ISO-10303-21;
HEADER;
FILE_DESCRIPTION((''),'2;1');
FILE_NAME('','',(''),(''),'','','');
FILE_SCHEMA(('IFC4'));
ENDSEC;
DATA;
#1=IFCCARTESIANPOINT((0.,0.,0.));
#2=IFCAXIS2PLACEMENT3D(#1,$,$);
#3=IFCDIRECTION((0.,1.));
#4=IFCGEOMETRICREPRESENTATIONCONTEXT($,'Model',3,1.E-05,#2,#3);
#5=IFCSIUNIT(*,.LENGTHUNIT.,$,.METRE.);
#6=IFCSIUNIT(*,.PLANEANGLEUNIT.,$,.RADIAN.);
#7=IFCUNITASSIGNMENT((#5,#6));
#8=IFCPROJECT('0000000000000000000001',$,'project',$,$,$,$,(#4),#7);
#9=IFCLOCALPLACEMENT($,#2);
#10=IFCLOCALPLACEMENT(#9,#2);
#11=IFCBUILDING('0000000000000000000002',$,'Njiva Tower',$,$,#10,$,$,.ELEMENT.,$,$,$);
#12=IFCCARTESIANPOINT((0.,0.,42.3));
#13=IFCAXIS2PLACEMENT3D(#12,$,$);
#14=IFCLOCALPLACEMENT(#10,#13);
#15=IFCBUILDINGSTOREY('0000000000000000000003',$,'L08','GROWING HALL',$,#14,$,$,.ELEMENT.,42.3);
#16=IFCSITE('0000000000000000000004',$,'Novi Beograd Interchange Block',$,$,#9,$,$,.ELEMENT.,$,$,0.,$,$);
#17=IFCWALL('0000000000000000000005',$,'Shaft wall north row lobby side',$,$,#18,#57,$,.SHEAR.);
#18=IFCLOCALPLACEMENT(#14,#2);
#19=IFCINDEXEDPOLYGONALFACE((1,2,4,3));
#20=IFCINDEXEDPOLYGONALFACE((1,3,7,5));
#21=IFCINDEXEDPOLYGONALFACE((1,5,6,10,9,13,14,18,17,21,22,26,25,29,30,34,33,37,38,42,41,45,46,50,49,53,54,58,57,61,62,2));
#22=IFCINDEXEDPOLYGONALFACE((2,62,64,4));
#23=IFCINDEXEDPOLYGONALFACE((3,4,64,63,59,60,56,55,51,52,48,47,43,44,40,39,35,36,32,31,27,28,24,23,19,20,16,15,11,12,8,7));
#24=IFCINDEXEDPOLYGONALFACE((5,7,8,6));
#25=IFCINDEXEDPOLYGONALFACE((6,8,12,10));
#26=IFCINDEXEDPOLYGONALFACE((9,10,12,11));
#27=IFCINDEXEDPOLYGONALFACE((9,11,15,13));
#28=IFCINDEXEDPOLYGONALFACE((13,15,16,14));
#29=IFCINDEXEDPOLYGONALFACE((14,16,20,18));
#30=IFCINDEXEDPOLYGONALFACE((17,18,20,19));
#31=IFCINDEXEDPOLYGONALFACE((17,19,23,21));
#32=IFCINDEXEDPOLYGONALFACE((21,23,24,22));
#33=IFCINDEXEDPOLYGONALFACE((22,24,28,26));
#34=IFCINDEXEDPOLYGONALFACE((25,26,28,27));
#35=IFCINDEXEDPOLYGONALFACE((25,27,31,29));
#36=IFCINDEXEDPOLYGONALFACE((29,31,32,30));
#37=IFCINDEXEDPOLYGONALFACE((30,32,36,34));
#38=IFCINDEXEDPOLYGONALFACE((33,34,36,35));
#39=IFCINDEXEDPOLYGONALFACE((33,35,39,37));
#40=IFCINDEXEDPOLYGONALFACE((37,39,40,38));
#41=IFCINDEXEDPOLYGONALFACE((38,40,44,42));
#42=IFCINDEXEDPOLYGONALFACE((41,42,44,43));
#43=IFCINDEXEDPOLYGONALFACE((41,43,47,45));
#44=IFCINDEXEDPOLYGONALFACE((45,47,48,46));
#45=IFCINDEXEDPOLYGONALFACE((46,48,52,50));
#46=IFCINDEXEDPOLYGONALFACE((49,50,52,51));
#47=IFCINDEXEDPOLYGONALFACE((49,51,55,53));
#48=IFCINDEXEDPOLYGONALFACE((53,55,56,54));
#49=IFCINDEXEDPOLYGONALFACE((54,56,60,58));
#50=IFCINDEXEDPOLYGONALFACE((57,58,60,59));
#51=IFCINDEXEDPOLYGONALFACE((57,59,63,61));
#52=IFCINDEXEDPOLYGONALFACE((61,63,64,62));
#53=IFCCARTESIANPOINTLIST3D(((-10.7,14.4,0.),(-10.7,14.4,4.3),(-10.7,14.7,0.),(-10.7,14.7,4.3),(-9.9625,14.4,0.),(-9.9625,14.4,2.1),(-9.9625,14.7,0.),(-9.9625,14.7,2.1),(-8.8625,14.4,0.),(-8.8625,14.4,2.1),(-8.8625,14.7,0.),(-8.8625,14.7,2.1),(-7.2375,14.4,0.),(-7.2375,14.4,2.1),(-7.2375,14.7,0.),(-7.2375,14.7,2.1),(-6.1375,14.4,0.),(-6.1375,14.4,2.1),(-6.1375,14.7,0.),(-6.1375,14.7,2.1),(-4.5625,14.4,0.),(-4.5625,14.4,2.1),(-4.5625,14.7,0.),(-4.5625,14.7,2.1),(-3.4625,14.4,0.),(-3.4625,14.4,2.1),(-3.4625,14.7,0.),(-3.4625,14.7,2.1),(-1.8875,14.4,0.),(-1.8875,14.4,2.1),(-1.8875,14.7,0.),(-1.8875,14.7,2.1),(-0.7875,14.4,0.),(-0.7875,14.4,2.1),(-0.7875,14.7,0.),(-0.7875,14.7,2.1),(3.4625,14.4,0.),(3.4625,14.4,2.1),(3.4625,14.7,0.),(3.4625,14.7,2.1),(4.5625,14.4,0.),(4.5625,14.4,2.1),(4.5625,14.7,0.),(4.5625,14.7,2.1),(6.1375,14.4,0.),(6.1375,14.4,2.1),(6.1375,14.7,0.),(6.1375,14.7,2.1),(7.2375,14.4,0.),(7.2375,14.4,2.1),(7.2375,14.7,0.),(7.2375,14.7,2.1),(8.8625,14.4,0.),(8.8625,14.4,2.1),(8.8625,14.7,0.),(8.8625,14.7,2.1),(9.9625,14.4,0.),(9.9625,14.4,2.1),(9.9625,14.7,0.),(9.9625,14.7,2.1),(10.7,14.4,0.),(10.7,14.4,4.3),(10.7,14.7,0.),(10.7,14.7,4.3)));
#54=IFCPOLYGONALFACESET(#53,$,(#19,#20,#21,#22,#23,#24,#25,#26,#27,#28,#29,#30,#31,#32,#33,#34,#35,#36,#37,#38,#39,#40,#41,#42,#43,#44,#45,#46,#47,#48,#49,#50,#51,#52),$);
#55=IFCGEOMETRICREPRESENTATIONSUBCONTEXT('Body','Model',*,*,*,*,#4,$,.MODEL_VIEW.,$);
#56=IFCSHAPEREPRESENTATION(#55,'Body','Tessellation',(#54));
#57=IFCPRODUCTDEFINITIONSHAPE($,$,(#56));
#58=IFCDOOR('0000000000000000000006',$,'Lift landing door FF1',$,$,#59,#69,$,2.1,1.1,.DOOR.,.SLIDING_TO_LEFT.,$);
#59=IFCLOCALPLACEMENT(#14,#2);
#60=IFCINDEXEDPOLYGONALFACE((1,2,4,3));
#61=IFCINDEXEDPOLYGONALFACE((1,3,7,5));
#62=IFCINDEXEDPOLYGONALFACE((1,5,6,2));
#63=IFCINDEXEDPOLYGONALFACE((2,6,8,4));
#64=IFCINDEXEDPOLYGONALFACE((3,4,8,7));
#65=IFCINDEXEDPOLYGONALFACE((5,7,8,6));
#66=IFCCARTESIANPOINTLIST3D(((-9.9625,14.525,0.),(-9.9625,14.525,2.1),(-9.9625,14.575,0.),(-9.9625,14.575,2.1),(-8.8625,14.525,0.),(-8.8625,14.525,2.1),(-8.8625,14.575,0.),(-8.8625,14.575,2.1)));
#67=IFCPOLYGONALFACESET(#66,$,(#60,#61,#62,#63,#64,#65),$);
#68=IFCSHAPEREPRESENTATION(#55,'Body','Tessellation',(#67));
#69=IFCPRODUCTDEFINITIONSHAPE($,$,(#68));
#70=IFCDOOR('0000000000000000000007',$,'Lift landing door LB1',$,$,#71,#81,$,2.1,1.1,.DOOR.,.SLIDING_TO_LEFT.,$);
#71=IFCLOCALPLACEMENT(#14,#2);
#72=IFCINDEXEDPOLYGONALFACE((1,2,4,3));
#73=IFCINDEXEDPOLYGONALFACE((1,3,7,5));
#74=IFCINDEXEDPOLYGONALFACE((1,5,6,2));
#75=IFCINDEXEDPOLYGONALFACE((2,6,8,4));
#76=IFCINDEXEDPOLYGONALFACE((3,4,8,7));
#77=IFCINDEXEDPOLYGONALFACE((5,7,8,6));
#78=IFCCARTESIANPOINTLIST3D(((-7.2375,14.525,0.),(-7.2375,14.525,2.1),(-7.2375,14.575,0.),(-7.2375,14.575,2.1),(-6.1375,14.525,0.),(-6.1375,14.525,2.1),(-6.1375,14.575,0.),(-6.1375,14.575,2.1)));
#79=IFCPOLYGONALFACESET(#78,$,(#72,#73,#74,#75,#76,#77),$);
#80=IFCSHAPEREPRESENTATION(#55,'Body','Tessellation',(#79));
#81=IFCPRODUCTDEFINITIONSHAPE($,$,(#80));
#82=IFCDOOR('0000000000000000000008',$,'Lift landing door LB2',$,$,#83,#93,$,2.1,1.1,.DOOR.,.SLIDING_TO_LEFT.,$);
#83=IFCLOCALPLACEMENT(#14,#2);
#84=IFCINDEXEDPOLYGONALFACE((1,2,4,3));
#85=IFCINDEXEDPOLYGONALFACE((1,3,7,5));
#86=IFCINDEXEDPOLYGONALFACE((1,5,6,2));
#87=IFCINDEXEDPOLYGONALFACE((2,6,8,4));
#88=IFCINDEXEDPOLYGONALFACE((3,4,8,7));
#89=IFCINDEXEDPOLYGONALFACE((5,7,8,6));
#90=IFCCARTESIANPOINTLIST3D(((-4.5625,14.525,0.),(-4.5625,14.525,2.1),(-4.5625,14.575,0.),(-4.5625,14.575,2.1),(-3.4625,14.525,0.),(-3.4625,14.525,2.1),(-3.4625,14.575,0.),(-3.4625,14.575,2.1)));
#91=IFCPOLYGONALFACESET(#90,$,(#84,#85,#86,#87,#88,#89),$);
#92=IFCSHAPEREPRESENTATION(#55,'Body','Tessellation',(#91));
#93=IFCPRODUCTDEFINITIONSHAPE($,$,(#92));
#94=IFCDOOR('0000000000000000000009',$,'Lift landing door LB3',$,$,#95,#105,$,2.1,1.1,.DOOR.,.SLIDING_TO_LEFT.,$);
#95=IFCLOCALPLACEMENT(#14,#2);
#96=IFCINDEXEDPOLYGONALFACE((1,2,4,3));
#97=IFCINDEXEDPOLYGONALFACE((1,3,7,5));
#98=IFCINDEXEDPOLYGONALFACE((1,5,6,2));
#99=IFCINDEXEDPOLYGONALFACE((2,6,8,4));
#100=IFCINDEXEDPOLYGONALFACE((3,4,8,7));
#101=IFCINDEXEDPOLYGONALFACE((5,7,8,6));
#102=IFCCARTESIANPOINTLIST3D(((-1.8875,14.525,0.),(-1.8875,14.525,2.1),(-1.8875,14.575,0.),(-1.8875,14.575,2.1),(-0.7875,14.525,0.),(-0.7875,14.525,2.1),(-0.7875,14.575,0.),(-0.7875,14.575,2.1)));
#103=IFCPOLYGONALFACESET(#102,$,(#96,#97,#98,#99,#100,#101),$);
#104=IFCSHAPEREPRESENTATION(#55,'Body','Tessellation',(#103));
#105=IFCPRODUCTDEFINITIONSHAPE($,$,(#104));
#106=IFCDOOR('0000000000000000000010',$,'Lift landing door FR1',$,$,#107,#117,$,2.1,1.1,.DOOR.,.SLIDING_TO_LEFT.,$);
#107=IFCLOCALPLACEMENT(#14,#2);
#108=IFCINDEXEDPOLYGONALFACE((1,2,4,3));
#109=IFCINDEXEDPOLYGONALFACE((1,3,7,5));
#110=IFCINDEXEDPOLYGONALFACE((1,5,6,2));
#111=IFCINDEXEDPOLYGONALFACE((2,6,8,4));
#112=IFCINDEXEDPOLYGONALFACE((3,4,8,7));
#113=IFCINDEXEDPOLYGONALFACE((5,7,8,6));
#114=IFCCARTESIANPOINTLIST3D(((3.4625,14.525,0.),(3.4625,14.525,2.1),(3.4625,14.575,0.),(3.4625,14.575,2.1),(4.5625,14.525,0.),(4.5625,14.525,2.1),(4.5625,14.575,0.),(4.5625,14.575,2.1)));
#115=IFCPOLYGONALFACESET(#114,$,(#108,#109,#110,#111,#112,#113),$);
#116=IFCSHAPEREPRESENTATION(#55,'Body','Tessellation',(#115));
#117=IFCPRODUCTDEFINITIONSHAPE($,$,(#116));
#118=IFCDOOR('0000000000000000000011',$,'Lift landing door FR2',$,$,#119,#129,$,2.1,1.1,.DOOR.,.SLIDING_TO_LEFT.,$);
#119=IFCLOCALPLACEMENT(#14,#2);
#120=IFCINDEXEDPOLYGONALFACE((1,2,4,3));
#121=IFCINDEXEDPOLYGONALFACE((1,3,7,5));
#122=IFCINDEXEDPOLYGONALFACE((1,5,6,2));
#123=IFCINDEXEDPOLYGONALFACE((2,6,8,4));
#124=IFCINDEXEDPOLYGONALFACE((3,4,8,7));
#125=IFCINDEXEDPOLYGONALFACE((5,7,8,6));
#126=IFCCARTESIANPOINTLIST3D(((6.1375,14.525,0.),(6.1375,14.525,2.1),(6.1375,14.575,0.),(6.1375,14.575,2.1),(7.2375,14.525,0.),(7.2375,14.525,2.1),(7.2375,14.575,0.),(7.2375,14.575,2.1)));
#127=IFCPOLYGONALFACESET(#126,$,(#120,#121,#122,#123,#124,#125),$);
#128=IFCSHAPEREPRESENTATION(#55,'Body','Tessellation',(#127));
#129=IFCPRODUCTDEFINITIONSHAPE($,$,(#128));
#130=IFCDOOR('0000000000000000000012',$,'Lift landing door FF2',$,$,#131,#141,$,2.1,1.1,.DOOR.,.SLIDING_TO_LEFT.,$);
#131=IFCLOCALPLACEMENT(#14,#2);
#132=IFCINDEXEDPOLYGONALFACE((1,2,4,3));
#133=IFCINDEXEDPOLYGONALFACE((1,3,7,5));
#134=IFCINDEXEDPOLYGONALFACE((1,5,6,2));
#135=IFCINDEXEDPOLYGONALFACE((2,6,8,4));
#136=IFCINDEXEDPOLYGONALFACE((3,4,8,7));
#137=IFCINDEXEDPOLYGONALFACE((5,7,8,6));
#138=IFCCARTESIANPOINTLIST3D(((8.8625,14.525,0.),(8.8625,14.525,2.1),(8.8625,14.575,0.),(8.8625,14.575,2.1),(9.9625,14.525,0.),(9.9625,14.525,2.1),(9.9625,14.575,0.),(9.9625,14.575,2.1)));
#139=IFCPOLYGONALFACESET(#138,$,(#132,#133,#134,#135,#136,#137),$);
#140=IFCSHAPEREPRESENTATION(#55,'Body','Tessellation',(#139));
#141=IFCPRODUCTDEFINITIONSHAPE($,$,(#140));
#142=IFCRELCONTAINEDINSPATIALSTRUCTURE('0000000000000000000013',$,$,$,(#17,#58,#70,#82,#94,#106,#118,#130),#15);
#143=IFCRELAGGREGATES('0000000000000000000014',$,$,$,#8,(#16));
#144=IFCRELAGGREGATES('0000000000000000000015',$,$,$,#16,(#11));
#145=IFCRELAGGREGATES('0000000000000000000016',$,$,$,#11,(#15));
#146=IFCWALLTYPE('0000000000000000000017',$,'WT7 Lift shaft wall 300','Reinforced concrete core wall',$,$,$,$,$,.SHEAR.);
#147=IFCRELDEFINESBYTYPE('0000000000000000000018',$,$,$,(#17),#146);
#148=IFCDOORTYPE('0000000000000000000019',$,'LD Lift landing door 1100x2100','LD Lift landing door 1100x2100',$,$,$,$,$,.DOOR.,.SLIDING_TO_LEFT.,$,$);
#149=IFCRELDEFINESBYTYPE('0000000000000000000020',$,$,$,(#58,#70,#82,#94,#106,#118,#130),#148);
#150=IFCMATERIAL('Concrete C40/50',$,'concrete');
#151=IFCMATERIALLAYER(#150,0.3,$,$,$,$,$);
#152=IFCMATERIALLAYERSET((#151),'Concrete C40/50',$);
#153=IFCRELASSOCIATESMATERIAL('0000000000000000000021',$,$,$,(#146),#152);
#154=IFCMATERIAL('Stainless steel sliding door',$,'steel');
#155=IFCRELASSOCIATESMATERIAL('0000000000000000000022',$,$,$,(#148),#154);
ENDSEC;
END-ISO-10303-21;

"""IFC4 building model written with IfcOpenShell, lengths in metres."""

from ifc_helpers import new_model, si_unit, direction, frame, frame_2d, origin, place, context, subcontext, project, spatial, rectangle, extrude, material, layer, layer_set, type_object, element, fill, save


model = new_model("IFC4")

# Units and contexts
model_context = context("Model", 3, precision=1e-05, world=origin(), true_north=direction((0.0, 1.0)))
body_context = subcontext(model_context, "Body", "Model", "MODEL_VIEW")
ifc_project = project(units=[si_unit("LENGTHUNIT", "METRE"), si_unit("PLANEANGLEUNIT", "RADIAN")], contexts=[model_context])

# Site, building, storey
site_placement = place(None, origin())
site = spatial("IfcSite", under=ifc_project, at=site_placement, Name="Novi Beograd Interchange Block", CompositionType="ELEMENT", RefElevation=0.0)
building_placement = place(site_placement, origin())
building = spatial("IfcBuilding", under=site, at=building_placement, Name="Njiva Tower", CompositionType="ELEMENT")
storey_placement = place(building_placement, frame((0.0, 0.0, 42.3)))
storey = spatial("IfcBuildingStorey", under=building, at=storey_placement, Name="L08", Description="GROWING HALL", CompositionType="ELEMENT", Elevation=42.3)

# Shared definitions
ifc_material_1 = material(Name="Concrete C40/50", Category="concrete")

# Wall, openings, doors
ifc_layer_1 = layer(ifc_material_1, 0.3)
ifc_layer_set_1 = layer_set([ifc_layer_1], Name="Concrete C40/50")
wall_type_1 = type_object("IfcWallType", Name="WT7 Lift shaft wall 300", Description="Reinforced concrete core wall", PredefinedType="SHEAR", material=ifc_layer_set_1)
wall_1_placement = place(storey_placement, frame((-10.7, 14.55, 0.0), z_axis=(0.0, 0.0, 1.0), x_axis=(1.0, 0.0, 0.0)))
wall_1 = element("IfcWall", 1, at=wall_1_placement, inside=storey, type_object=wall_type_1, Name="Shaft wall north row lobby side", PredefinedType="SHEAR", context=body_context, shape_type="SweptSolid", body=[
    extrude(rectangle(XDim=21.4, YDim=0.3, at=frame_2d((10.7, 0.0))), origin(), (0.0, 0.0, 1.0), 4.3),
])
opening_1_placement = place(wall_1_placement, frame((0.7375, 0.0, 0.0)))
opening_1 = element("IfcOpeningElement", 2, at=opening_1_placement, cuts=wall_1, PredefinedType="OPENING", context=body_context, shape_type="SweptSolid", body=[
    extrude(rectangle(XDim=1.1, YDim=2.1, at=frame_2d((0.55, 1.05))), frame((0.0, 0.16, 0.0), z_axis=(0.0, -1.0, 0.0), x_axis=(1.0, 0.0, 0.0)), (0.0, 0.0, 1.0), 0.32),
])
opening_2_placement = place(wall_1_placement, frame((3.4625, 0.0, 0.0)))
opening_2 = element("IfcOpeningElement", 3, at=opening_2_placement, cuts=wall_1, PredefinedType="OPENING", context=body_context, shape_type="SweptSolid", body=[
    extrude(rectangle(XDim=1.1, YDim=2.1, at=frame_2d((0.55, 1.05))), frame((0.0, 0.16, 0.0), z_axis=(0.0, -1.0, 0.0), x_axis=(1.0, 0.0, 0.0)), (0.0, 0.0, 1.0), 0.32),
])
opening_3_placement = place(wall_1_placement, frame((6.1375, 0.0, 0.0)))
opening_3 = element("IfcOpeningElement", 4, at=opening_3_placement, cuts=wall_1, PredefinedType="OPENING", context=body_context, shape_type="SweptSolid", body=[
    extrude(rectangle(XDim=1.1, YDim=2.1, at=frame_2d((0.55, 1.05))), frame((0.0, 0.16, 0.0), z_axis=(0.0, -1.0, 0.0), x_axis=(1.0, 0.0, 0.0)), (0.0, 0.0, 1.0), 0.32),
])
opening_4_placement = place(wall_1_placement, frame((8.8125, 0.0, 0.0)))
opening_4 = element("IfcOpeningElement", 5, at=opening_4_placement, cuts=wall_1, PredefinedType="OPENING", context=body_context, shape_type="SweptSolid", body=[
    extrude(rectangle(XDim=1.1, YDim=2.1, at=frame_2d((0.55, 1.05))), frame((0.0, 0.16, 0.0), z_axis=(0.0, -1.0, 0.0), x_axis=(1.0, 0.0, 0.0)), (0.0, 0.0, 1.0), 0.32),
])
opening_5_placement = place(wall_1_placement, frame((14.1625, 0.0, 0.0)))
opening_5 = element("IfcOpeningElement", 6, at=opening_5_placement, cuts=wall_1, PredefinedType="OPENING", context=body_context, shape_type="SweptSolid", body=[
    extrude(rectangle(XDim=1.1, YDim=2.1, at=frame_2d((0.55, 1.05))), frame((0.0, 0.16, 0.0), z_axis=(0.0, -1.0, 0.0), x_axis=(1.0, 0.0, 0.0)), (0.0, 0.0, 1.0), 0.32),
])
opening_6_placement = place(wall_1_placement, frame((16.8375, 0.0, 0.0)))
opening_6 = element("IfcOpeningElement", 7, at=opening_6_placement, cuts=wall_1, PredefinedType="OPENING", context=body_context, shape_type="SweptSolid", body=[
    extrude(rectangle(XDim=1.1, YDim=2.1, at=frame_2d((0.55, 1.05))), frame((0.0, 0.16, 0.0), z_axis=(0.0, -1.0, 0.0), x_axis=(1.0, 0.0, 0.0)), (0.0, 0.0, 1.0), 0.32),
])
opening_7_placement = place(wall_1_placement, frame((19.5625, 0.0, 0.0)))
opening_7 = element("IfcOpeningElement", 8, at=opening_7_placement, cuts=wall_1, PredefinedType="OPENING", context=body_context, shape_type="SweptSolid", body=[
    extrude(rectangle(XDim=1.1, YDim=2.1, at=frame_2d((0.55, 1.05))), frame((0.0, 0.16, 0.0), z_axis=(0.0, -1.0, 0.0), x_axis=(1.0, 0.0, 0.0)), (0.0, 0.0, 1.0), 0.32),
])
ifc_material_2 = material(Name="Stainless steel sliding door", Category="steel")
door_type_1 = type_object("IfcDoorType", Name="LD Lift landing door 1100x2100", Description="LD Lift landing door 1100x2100", OperationType="SLIDING_TO_LEFT", PredefinedType="DOOR", material=ifc_material_2)
door_1_placement = place(opening_1_placement, origin())
door_1 = element("IfcDoor", 9, at=door_1_placement, inside=storey, type_object=door_type_1, Name="Lift landing door FF1", OperationType="SLIDING_TO_LEFT", OverallHeight=2.1, OverallWidth=1.1, PredefinedType="DOOR", context=body_context, shape_type="SweptSolid", body=[
    extrude(rectangle(XDim=1.1, YDim=2.1, at=frame_2d((0.55, 1.05))), frame((0.0, 0.025, 0.0), z_axis=(0.0, -1.0, 0.0), x_axis=(1.0, 0.0, 0.0)), (0.0, 0.0, 1.0), 0.05),
])
fill(opening_1, door_1)
door_2_placement = place(opening_2_placement, origin())
door_2 = element("IfcDoor", 10, at=door_2_placement, inside=storey, type_object=door_type_1, Name="Lift landing door LB1", OperationType="SLIDING_TO_LEFT", OverallHeight=2.1, OverallWidth=1.1, PredefinedType="DOOR", context=body_context, shape_type="SweptSolid", body=[
    extrude(rectangle(XDim=1.1, YDim=2.1, at=frame_2d((0.55, 1.05))), frame((0.0, 0.025, 0.0), z_axis=(0.0, -1.0, 0.0), x_axis=(1.0, 0.0, 0.0)), (0.0, 0.0, 1.0), 0.05),
])
fill(opening_2, door_2)
door_3_placement = place(opening_3_placement, origin())
door_3 = element("IfcDoor", 11, at=door_3_placement, inside=storey, type_object=door_type_1, Name="Lift landing door LB2", OperationType="SLIDING_TO_LEFT", OverallHeight=2.1, OverallWidth=1.1, PredefinedType="DOOR", context=body_context, shape_type="SweptSolid", body=[
    extrude(rectangle(XDim=1.1, YDim=2.1, at=frame_2d((0.55, 1.05))), frame((0.0, 0.025, 0.0), z_axis=(0.0, -1.0, 0.0), x_axis=(1.0, 0.0, 0.0)), (0.0, 0.0, 1.0), 0.05),
])
fill(opening_3, door_3)
door_4_placement = place(opening_4_placement, origin())
door_4 = element("IfcDoor", 12, at=door_4_placement, inside=storey, type_object=door_type_1, Name="Lift landing door LB3", OperationType="SLIDING_TO_LEFT", OverallHeight=2.1, OverallWidth=1.1, PredefinedType="DOOR", context=body_context, shape_type="SweptSolid", body=[
    extrude(rectangle(XDim=1.1, YDim=2.1, at=frame_2d((0.55, 1.05))), frame((0.0, 0.025, 0.0), z_axis=(0.0, -1.0, 0.0), x_axis=(1.0, 0.0, 0.0)), (0.0, 0.0, 1.0), 0.05),
])
fill(opening_4, door_4)
door_5_placement = place(opening_5_placement, origin())
door_5 = element("IfcDoor", 13, at=door_5_placement, inside=storey, type_object=door_type_1, Name="Lift landing door FR1", OperationType="SLIDING_TO_LEFT", OverallHeight=2.1, OverallWidth=1.1, PredefinedType="DOOR", context=body_context, shape_type="SweptSolid", body=[
    extrude(rectangle(XDim=1.1, YDim=2.1, at=frame_2d((0.55, 1.05))), frame((0.0, 0.025, 0.0), z_axis=(0.0, -1.0, 0.0), x_axis=(1.0, 0.0, 0.0)), (0.0, 0.0, 1.0), 0.05),
])
fill(opening_5, door_5)
door_6_placement = place(opening_6_placement, origin())
door_6 = element("IfcDoor", 14, at=door_6_placement, inside=storey, type_object=door_type_1, Name="Lift landing door FR2", OperationType="SLIDING_TO_LEFT", OverallHeight=2.1, OverallWidth=1.1, PredefinedType="DOOR", context=body_context, shape_type="SweptSolid", body=[
    extrude(rectangle(XDim=1.1, YDim=2.1, at=frame_2d((0.55, 1.05))), frame((0.0, 0.025, 0.0), z_axis=(0.0, -1.0, 0.0), x_axis=(1.0, 0.0, 0.0)), (0.0, 0.0, 1.0), 0.05),
])
fill(opening_6, door_6)
door_7_placement = place(opening_7_placement, origin())
door_7 = element("IfcDoor", 15, at=door_7_placement, inside=storey, type_object=door_type_1, Name="Lift landing door FF2", OperationType="SLIDING_TO_LEFT", OverallHeight=2.1, OverallWidth=1.1, PredefinedType="DOOR", context=body_context, shape_type="SweptSolid", body=[
    extrude(rectangle(XDim=1.1, YDim=2.1, at=frame_2d((0.55, 1.05))), frame((0.0, 0.025, 0.0), z_axis=(0.0, -1.0, 0.0), x_axis=(1.0, 0.0, 0.0)), (0.0, 0.0, 1.0), 0.05),
])
fill(opening_7, door_7)

save(model, "model.ifc")
